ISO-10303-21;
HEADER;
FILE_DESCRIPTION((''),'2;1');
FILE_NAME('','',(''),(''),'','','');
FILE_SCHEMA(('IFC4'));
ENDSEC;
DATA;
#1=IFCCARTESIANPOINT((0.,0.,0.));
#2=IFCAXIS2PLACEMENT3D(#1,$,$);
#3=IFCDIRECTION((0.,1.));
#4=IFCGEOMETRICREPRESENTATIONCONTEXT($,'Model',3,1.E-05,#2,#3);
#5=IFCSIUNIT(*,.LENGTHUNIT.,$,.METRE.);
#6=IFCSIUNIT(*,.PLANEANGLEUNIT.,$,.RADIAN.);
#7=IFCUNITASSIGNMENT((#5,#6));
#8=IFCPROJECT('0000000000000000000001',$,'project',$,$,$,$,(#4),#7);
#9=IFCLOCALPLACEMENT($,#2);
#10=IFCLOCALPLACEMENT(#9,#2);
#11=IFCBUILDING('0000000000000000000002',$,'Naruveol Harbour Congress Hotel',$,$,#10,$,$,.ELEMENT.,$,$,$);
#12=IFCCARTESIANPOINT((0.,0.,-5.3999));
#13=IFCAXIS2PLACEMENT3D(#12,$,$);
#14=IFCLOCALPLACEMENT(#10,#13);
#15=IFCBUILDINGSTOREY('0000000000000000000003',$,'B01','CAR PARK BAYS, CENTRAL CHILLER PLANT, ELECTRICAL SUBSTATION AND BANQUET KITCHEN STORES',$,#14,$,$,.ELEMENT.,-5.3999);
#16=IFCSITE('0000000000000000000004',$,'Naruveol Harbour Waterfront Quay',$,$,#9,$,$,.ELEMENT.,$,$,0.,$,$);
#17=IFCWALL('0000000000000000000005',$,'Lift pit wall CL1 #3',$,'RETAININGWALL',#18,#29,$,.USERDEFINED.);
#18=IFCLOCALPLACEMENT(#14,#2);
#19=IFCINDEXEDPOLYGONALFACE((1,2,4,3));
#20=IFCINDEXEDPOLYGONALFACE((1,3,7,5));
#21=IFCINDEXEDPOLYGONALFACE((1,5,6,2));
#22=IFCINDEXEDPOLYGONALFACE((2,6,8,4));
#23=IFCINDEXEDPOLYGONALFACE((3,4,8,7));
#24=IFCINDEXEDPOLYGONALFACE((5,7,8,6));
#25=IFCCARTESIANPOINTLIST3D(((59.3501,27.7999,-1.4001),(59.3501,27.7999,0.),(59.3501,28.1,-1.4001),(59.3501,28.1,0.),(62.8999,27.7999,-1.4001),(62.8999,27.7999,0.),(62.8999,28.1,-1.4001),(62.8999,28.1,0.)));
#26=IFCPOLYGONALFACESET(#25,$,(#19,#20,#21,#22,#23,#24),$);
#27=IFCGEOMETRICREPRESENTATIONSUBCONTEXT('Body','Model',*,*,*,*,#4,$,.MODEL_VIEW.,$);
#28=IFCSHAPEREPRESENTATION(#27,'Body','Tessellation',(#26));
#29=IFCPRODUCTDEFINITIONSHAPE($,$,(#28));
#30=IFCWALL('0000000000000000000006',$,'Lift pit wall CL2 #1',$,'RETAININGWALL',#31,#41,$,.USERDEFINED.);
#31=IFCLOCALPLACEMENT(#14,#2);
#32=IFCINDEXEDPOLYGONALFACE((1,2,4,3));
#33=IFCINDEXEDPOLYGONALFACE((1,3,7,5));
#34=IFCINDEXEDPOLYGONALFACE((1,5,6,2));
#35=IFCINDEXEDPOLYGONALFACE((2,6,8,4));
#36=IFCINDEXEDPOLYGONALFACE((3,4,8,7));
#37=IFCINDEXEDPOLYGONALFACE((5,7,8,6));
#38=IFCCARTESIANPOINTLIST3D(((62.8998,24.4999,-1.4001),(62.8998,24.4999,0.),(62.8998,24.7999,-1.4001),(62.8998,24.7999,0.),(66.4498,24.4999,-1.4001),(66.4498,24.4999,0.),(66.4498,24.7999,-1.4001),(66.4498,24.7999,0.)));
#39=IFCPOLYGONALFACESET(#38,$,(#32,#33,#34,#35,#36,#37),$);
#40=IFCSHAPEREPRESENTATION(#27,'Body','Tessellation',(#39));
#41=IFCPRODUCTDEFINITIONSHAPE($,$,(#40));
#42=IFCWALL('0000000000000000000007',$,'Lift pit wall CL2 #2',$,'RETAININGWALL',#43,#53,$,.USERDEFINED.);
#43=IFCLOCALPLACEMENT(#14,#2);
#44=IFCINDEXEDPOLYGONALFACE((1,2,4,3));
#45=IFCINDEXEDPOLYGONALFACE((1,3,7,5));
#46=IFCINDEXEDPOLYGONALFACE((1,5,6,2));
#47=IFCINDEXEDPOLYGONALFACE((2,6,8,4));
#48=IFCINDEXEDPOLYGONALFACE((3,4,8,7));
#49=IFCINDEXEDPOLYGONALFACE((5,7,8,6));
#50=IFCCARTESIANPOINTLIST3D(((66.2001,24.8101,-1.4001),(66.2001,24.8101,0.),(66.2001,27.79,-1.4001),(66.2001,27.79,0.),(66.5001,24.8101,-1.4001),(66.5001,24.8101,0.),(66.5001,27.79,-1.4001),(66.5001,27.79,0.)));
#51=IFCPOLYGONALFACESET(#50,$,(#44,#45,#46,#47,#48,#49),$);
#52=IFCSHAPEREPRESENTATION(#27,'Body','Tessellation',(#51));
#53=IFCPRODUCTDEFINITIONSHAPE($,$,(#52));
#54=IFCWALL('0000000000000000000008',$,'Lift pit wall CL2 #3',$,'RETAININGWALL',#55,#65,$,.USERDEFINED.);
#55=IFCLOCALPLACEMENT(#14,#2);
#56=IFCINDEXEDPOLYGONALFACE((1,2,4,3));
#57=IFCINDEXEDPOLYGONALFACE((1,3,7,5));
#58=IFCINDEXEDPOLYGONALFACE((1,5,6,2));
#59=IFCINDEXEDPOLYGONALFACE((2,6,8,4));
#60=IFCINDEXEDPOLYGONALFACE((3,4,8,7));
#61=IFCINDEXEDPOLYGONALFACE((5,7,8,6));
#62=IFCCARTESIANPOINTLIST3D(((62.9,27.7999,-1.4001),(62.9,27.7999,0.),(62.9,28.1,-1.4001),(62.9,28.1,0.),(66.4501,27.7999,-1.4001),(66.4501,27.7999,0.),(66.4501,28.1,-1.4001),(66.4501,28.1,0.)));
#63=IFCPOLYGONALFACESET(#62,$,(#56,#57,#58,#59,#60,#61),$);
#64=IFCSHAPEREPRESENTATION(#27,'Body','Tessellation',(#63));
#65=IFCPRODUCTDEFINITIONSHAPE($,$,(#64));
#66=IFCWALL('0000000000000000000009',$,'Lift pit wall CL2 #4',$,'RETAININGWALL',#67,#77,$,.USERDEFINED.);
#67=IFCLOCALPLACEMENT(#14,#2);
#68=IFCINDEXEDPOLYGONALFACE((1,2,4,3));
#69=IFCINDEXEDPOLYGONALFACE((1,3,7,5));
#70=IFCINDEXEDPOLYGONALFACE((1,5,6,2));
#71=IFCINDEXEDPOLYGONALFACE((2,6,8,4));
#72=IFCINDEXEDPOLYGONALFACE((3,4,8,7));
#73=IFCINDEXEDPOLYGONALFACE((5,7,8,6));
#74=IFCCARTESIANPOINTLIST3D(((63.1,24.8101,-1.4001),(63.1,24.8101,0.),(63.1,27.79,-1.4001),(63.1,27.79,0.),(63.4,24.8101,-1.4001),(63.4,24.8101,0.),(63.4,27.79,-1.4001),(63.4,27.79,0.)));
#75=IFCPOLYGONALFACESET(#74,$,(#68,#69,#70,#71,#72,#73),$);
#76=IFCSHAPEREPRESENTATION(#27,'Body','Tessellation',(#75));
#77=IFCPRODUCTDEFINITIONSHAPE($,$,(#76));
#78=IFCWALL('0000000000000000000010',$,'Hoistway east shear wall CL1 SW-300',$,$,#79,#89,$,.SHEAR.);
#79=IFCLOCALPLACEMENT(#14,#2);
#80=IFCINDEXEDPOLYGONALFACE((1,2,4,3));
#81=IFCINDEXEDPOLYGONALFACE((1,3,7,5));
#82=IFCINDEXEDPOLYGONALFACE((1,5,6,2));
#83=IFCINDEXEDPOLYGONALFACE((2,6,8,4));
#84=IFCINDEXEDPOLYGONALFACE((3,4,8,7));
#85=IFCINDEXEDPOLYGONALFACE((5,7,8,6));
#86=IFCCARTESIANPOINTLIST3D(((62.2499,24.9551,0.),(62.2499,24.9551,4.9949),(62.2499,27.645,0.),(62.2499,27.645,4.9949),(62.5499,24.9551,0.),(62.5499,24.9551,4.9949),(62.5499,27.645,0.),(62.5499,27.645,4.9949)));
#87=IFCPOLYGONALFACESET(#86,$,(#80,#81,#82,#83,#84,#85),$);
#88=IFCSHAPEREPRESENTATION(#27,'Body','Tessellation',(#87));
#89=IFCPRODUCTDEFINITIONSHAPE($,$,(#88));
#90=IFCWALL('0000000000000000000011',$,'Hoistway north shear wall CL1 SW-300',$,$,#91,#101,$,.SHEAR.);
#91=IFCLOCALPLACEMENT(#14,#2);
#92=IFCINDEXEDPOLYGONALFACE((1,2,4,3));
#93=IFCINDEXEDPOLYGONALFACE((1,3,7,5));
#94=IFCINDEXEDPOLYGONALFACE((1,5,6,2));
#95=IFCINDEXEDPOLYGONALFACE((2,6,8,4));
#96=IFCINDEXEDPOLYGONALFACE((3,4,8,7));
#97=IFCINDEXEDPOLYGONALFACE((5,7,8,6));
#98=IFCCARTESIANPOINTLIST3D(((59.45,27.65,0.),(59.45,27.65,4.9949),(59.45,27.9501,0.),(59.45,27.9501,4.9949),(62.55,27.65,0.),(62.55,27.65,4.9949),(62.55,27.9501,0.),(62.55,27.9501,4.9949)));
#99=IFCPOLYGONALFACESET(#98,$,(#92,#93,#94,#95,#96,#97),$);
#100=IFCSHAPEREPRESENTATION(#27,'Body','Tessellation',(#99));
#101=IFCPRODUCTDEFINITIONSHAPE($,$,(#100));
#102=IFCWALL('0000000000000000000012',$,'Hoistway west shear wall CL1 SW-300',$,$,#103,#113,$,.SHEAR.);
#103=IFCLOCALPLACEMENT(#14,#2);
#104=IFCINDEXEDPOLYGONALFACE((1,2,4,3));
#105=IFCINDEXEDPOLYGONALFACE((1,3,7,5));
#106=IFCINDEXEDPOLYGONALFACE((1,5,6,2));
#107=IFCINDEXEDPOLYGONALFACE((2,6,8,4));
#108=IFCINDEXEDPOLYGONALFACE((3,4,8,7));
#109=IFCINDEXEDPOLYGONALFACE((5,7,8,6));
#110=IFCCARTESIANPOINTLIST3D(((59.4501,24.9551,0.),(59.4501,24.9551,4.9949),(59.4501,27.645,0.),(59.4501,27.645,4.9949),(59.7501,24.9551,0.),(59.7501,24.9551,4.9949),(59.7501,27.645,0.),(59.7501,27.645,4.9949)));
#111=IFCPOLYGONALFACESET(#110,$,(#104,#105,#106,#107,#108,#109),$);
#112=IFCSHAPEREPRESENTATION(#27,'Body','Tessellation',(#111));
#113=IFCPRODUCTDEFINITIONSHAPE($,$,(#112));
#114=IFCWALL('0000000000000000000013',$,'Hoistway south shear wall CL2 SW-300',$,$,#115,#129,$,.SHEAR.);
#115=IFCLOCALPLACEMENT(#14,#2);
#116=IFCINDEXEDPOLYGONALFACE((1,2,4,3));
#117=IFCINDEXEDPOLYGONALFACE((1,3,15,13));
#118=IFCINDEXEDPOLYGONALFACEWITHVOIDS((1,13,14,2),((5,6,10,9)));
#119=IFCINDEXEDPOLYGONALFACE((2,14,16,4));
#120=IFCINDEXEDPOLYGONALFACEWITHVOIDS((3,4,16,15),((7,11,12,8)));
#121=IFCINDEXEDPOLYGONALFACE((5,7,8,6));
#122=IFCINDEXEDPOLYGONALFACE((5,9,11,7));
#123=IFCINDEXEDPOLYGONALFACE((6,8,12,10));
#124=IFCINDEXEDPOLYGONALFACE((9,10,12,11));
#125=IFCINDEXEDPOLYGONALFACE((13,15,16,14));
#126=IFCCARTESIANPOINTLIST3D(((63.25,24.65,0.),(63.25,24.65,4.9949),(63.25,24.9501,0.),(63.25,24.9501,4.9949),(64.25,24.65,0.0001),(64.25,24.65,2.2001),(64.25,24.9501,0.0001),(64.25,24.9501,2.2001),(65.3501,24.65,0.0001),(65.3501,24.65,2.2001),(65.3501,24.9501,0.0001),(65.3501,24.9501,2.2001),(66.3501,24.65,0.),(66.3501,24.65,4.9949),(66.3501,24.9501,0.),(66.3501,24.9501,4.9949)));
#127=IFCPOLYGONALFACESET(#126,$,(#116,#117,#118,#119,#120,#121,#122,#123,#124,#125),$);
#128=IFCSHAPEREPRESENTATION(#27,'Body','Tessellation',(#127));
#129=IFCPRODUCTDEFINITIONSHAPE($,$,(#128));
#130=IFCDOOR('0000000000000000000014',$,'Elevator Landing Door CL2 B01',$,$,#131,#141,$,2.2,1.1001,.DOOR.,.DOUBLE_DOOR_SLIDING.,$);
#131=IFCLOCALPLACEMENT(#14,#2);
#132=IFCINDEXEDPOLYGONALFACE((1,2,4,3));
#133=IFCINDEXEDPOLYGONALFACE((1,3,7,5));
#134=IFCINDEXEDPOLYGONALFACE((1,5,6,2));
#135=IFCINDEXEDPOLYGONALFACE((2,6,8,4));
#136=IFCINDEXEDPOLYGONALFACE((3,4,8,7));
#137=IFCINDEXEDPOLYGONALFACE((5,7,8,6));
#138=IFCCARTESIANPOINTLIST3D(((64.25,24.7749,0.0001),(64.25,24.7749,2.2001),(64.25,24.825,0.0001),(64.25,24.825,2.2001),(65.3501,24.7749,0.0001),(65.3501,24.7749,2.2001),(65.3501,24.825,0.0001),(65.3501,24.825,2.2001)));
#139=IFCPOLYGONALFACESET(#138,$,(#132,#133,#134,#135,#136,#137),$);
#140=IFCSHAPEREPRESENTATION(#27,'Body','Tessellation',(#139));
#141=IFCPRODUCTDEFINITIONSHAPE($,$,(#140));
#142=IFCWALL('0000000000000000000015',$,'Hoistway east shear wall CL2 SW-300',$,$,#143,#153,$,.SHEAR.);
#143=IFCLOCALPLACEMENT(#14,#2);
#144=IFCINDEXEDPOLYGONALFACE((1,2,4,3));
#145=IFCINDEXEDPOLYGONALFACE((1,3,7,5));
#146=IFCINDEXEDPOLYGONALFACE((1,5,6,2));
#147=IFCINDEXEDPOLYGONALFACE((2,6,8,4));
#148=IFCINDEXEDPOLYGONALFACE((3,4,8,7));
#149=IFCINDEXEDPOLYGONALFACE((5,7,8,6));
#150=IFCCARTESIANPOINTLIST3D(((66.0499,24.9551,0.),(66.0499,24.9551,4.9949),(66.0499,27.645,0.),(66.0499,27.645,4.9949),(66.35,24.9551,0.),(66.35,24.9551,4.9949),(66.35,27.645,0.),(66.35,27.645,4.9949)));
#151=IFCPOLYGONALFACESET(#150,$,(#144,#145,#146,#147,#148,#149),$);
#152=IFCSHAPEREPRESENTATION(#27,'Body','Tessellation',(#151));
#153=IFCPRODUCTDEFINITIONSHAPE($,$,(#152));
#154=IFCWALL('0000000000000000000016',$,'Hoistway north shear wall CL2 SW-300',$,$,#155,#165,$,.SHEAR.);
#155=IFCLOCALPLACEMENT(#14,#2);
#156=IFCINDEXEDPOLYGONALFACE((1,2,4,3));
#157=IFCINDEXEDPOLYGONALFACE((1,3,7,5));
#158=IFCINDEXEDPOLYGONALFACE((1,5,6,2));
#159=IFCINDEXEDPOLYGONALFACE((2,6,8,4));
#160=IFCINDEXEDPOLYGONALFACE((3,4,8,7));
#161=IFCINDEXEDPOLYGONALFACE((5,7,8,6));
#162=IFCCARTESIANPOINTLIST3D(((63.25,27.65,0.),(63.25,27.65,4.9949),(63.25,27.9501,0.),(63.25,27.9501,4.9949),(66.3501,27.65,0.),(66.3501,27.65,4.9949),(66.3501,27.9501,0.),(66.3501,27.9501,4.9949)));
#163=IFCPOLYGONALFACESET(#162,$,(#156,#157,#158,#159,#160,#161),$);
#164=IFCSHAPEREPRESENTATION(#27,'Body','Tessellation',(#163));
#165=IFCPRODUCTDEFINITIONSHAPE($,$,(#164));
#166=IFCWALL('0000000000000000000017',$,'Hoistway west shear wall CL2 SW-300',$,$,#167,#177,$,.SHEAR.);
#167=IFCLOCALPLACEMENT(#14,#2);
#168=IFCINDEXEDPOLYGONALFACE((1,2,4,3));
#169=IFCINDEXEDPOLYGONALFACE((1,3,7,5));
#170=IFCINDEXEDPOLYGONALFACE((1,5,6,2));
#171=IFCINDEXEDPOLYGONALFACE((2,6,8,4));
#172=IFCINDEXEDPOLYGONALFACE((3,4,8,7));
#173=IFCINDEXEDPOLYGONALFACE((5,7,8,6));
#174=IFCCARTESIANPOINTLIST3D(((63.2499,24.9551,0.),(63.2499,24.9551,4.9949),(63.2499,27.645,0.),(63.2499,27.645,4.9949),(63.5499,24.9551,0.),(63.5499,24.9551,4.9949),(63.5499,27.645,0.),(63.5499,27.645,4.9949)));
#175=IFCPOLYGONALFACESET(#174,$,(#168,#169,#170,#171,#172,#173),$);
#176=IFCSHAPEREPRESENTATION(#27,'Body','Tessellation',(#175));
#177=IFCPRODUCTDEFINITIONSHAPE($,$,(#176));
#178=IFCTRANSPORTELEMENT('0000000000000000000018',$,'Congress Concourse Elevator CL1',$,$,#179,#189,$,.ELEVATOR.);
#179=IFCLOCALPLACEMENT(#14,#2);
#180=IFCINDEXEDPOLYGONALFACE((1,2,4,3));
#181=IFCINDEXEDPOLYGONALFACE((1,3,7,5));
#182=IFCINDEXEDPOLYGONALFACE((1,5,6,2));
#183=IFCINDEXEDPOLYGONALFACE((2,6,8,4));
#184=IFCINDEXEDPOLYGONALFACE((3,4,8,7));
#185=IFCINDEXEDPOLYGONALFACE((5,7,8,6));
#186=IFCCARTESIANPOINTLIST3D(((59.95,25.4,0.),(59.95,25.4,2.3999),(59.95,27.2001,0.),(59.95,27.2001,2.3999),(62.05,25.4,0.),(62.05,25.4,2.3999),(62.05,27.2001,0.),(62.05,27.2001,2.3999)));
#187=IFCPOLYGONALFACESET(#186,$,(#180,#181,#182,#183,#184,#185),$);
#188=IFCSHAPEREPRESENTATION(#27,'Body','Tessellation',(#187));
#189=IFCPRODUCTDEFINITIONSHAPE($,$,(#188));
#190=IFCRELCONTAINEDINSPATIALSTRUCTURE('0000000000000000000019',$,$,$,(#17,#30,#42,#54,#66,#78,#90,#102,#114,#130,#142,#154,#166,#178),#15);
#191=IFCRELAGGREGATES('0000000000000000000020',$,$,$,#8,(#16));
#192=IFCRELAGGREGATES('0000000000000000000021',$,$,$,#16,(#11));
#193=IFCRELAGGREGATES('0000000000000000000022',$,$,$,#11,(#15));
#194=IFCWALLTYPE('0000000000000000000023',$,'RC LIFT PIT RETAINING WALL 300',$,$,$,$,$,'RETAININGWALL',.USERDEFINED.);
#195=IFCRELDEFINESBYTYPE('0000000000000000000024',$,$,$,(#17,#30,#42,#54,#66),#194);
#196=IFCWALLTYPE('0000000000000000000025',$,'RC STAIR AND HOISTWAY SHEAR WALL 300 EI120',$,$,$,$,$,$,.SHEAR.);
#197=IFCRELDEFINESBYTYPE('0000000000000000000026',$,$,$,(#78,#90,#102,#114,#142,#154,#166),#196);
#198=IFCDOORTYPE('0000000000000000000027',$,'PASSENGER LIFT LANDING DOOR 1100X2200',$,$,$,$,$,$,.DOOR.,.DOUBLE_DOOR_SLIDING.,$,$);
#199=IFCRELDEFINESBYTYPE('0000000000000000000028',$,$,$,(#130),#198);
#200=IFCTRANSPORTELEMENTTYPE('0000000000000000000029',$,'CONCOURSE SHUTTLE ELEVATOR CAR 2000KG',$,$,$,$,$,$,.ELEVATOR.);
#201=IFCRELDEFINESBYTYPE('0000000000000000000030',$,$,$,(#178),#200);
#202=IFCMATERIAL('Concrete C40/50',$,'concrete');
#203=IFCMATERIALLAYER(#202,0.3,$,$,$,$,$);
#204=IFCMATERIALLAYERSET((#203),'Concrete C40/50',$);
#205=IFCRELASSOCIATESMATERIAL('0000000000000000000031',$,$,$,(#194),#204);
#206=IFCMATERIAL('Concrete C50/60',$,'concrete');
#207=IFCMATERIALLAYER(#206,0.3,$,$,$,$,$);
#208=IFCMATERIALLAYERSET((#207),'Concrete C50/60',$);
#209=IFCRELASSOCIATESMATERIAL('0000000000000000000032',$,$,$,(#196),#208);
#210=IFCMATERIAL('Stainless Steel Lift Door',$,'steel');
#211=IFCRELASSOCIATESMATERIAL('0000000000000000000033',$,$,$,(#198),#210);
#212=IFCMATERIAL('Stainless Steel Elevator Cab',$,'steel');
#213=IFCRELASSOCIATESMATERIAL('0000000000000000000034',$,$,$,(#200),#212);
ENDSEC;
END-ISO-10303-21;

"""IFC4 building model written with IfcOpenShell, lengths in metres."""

from ifc_helpers import new_model, si_unit, direction, frame, frame_2d, origin, origin_2d, place, context, subcontext, project, spatial, rectangle, extrude, material, layer, layer_set, type_object, element, fill, save


model = new_model("IFC4")

# Units and contexts
model_context = context("Model", 3, precision=1e-05, world=origin(), true_north=direction((0.0, 1.0)))
body_context = subcontext(model_context, "Body", "Model", "MODEL_VIEW")
ifc_project = project(units=[si_unit("LENGTHUNIT", "METRE"), si_unit("PLANEANGLEUNIT", "RADIAN")], contexts=[model_context])

# Site, building, storey
site_placement = place(None, origin())
site = spatial("IfcSite", under=ifc_project, at=site_placement, Name="Naruveol Harbour Waterfront Quay", CompositionType="ELEMENT", RefElevation=0.0)
building_placement = place(site_placement, origin())
building = spatial("IfcBuilding", under=site, at=building_placement, Name="Naruveol Harbour Congress Hotel", CompositionType="ELEMENT")
storey_placement = place(building_placement, frame((0.0, 0.0, -5.3999)))
storey = spatial("IfcBuildingStorey", under=building, at=storey_placement, Name="B01", Description="CAR PARK BAYS, CENTRAL CHILLER PLANT, ELECTRICAL SUBSTATION AND BANQUET KITCHEN STORES", CompositionType="ELEMENT", Elevation=-5.3999)

# Walls
ifc_material_1 = material(Name="Concrete C40/50", Category="concrete")
ifc_layer_1 = layer(ifc_material_1, 0.3)
ifc_layer_set_1 = layer_set([ifc_layer_1], Name="Concrete C40/50")
wall_type_1 = type_object("IfcWallType", Name="RC LIFT PIT RETAINING WALL 300", ElementType="RETAININGWALL", PredefinedType="USERDEFINED", material=ifc_layer_set_1)
wall_1_placement = place(storey_placement, frame((62.8999, 27.95, -1.4001), z_axis=(0.0, 0.0, 1.0), x_axis=(-1.0, 0.0, 0.0)))
element("IfcWall", 1, at=wall_1_placement, inside=storey, type_object=wall_type_1, Name="Lift pit wall CL1 #3", ObjectType="RETAININGWALL", PredefinedType="USERDEFINED", context=body_context, shape_type="SweptSolid", body=[
    extrude(rectangle(XDim=3.5498, YDim=0.3, at=frame_2d((1.7749, 0.0))), origin(), (0.0, 0.0, 1.0), 1.4001),
])
wall_2_placement = place(storey_placement, frame((62.8999, 24.6499, -1.4001), z_axis=(0.0, 0.0, 1.0), x_axis=(1.0, 0.0, 0.0)))
element("IfcWall", 2, at=wall_2_placement, inside=storey, type_object=wall_type_1, Name="Lift pit wall CL2 #1", ObjectType="RETAININGWALL", PredefinedType="USERDEFINED", context=body_context, shape_type="SweptSolid", body=[
    extrude(rectangle(XDim=3.55, YDim=0.3, at=frame_2d((1.7749, 0.0))), origin(), (0.0, 0.0, 1.0), 1.4001),
])
wall_3_placement = place(storey_placement, frame((66.3501, 24.8101, -1.4001), z_axis=(0.0, 0.0, 1.0), x_axis=(0.0, 1.0, 0.0)))
element("IfcWall", 3, at=wall_3_placement, inside=storey, type_object=wall_type_1, Name="Lift pit wall CL2 #2", ObjectType="RETAININGWALL", PredefinedType="USERDEFINED", context=body_context, shape_type="SweptSolid", body=[
    extrude(rectangle(XDim=2.98, YDim=0.3, at=frame_2d((1.49, 0.0))), origin(), (0.0, 0.0, 1.0), 1.4001),
])
wall_4_placement = place(storey_placement, frame((66.45, 27.95, -1.4001), z_axis=(0.0, 0.0, 1.0), x_axis=(-1.0, 0.0, 0.0)))
element("IfcWall", 4, at=wall_4_placement, inside=storey, type_object=wall_type_1, Name="Lift pit wall CL2 #3", ObjectType="RETAININGWALL", PredefinedType="USERDEFINED", context=body_context, shape_type="SweptSolid", body=[
    extrude(rectangle(XDim=3.55, YDim=0.3, at=frame_2d((1.7749, 0.0))), origin(), (0.0, 0.0, 1.0), 1.4001),
])
wall_5_placement = place(storey_placement, frame((63.25, 27.79, -1.4001), z_axis=(0.0, 0.0, 1.0), x_axis=(0.0, -1.0, 0.0)))
element("IfcWall", 5, at=wall_5_placement, inside=storey, type_object=wall_type_1, Name="Lift pit wall CL2 #4", ObjectType="RETAININGWALL", PredefinedType="USERDEFINED", context=body_context, shape_type="SweptSolid", body=[
    extrude(rectangle(XDim=2.98, YDim=0.3, at=frame_2d((1.49, 0.0))), origin(), (0.0, 0.0, 1.0), 1.4001),
])
ifc_material_2 = material(Name="Concrete C50/60", Category="concrete")
ifc_layer_2 = layer(ifc_material_2, 0.3)
ifc_layer_set_2 = layer_set([ifc_layer_2], Name="Concrete C50/60")
wall_type_2 = type_object("IfcWallType", Name="RC STAIR AND HOISTWAY SHEAR WALL 300 EI120", PredefinedType="SHEAR", material=ifc_layer_set_2)
wall_6_placement = place(storey_placement, frame((62.3999, 24.9551, 0.0), z_axis=(0.0, 0.0, 1.0), x_axis=(0.0, 1.0, 0.0)))
element("IfcWall", 6, at=wall_6_placement, inside=storey, type_object=wall_type_2, Name="Hoistway east shear wall CL1 SW-300", PredefinedType="SHEAR", context=body_context, shape_type="SweptSolid", body=[
    extrude(rectangle(XDim=2.6899, YDim=0.3, at=frame_2d((1.345, 0.0))), origin(), (0.0, 0.0, 1.0), 4.9949),
])
wall_7_placement = place(storey_placement, frame((62.55, 27.8, 0.0), z_axis=(0.0, 0.0, 1.0), x_axis=(-1.0, 0.0, 0.0)))
element("IfcWall", 7, at=wall_7_placement, inside=storey, type_object=wall_type_2, Name="Hoistway north shear wall CL1 SW-300", PredefinedType="SHEAR", context=body_context, shape_type="SweptSolid", body=[
    extrude(rectangle(XDim=3.1001, YDim=0.3, at=frame_2d((1.55, 0.0))), origin(), (0.0, 0.0, 1.0), 4.9949),
])
wall_8_placement = place(storey_placement, frame((59.6001, 27.645, 0.0), z_axis=(0.0, 0.0, 1.0), x_axis=(0.0, -1.0, 0.0)))
element("IfcWall", 8, at=wall_8_placement, inside=storey, type_object=wall_type_2, Name="Hoistway west shear wall CL1 SW-300", PredefinedType="SHEAR", context=body_context, shape_type="SweptSolid", body=[
    extrude(rectangle(XDim=2.6899, YDim=0.3, at=frame_2d((1.345, 0.0))), origin(), (0.0, 0.0, 1.0), 4.9949),
])

# Wall, opening, door
wall_9_placement = place(storey_placement, frame((63.25, 24.8, 0.0), z_axis=(0.0, 0.0, 1.0), x_axis=(1.0, 0.0, 0.0)))
wall_9 = element("IfcWall", 9, at=wall_9_placement, inside=storey, type_object=wall_type_2, Name="Hoistway south shear wall CL2 SW-300", PredefinedType="SHEAR", context=body_context, shape_type="SweptSolid", body=[
    extrude(rectangle(XDim=3.1001, YDim=0.3, at=frame_2d((1.55, 0.0))), origin(), (0.0, 0.0, 1.0), 4.9949),
])
opening_placement = place(wall_9_placement, frame((1.0, 0.0, 0.0)))
opening = element("IfcOpeningElement", 10, at=opening_placement, cuts=wall_9, PredefinedType="OPENING", context=body_context, shape_type="SweptSolid", body=[
    extrude(rectangle(XDim=1.1001, YDim=2.2, at=frame_2d((0.55, 1.1001))), frame((0.0, 0.1599, 0.0), z_axis=(0.0, -1.0, 0.0), x_axis=(1.0, 0.0, 0.0)), (0.0, 0.0, 1.0), 0.3201),
])
ifc_material_3 = material(Name="Stainless Steel Lift Door", Category="steel")
door_type = type_object("IfcDoorType", Name="PASSENGER LIFT LANDING DOOR 1100X2200", OperationType="DOUBLE_DOOR_SLIDING", PredefinedType="DOOR", material=ifc_material_3)
door_placement = place(opening_placement, origin())
door = element("IfcDoor", 11, at=door_placement, inside=storey, type_object=door_type, Name="Elevator Landing Door CL2 B01", OperationType="DOUBLE_DOOR_SLIDING", OverallHeight=2.2, OverallWidth=1.1001, PredefinedType="DOOR", context=body_context, shape_type="SweptSolid", body=[
    extrude(rectangle(XDim=1.1001, YDim=2.2, at=frame_2d((0.55, 1.1001))), frame((0.0, 0.0249, 0.0), z_axis=(0.0, -1.0, 0.0), x_axis=(1.0, 0.0, 0.0)), (0.0, 0.0, 1.0), 0.05),
])
fill(opening, door)

# Walls
wall_10_placement = place(storey_placement, frame((66.2, 24.9551, 0.0), z_axis=(0.0, 0.0, 1.0), x_axis=(0.0, 1.0, 0.0)))
element("IfcWall", 12, at=wall_10_placement, inside=storey, type_object=wall_type_2, Name="Hoistway east shear wall CL2 SW-300", PredefinedType="SHEAR", context=body_context, shape_type="SweptSolid", body=[
    extrude(rectangle(XDim=2.6899, YDim=0.3, at=frame_2d((1.345, 0.0))), origin(), (0.0, 0.0, 1.0), 4.9949),
])
wall_11_placement = place(storey_placement, frame((66.3501, 27.8, 0.0), z_axis=(0.0, 0.0, 1.0), x_axis=(-1.0, 0.0, 0.0)))
element("IfcWall", 13, at=wall_11_placement, inside=storey, type_object=wall_type_2, Name="Hoistway north shear wall CL2 SW-300", PredefinedType="SHEAR", context=body_context, shape_type="SweptSolid", body=[
    extrude(rectangle(XDim=3.1001, YDim=0.3, at=frame_2d((1.55, 0.0))), origin(), (0.0, 0.0, 1.0), 4.9949),
])
wall_12_placement = place(storey_placement, frame((63.3999, 27.645, 0.0), z_axis=(0.0, 0.0, 1.0), x_axis=(0.0, -1.0, 0.0)))
element("IfcWall", 14, at=wall_12_placement, inside=storey, type_object=wall_type_2, Name="Hoistway west shear wall CL2 SW-300", PredefinedType="SHEAR", context=body_context, shape_type="SweptSolid", body=[
    extrude(rectangle(XDim=2.6899, YDim=0.3, at=frame_2d((1.345, 0.0))), origin(), (0.0, 0.0, 1.0), 4.9949),
])

# Transport element
ifc_material_4 = material(Name="Stainless Steel Elevator Cab", Category="steel")
transport_element_type = type_object("IfcTransportElementType", Name="CONCOURSE SHUTTLE ELEVATOR CAR 2000KG", PredefinedType="ELEVATOR", material=ifc_material_4)
for number, where, z_axis, x_axis, name in (
    (15, (61.0, 26.3, 0.0), (0.0, 0.0, 1.0), (1.0, 0.0, 0.0), "Congress Concourse Elevator CL1"),
):
    element("IfcTransportElement", number, at=place(storey_placement, frame(where, z_axis=z_axis, x_axis=x_axis)), inside=storey, type_object=transport_element_type, Name=name, PredefinedType="ELEVATOR", context=body_context, shape_type="SweptSolid", body=[
        extrude(rectangle(XDim=2.1001, YDim=1.8, at=origin_2d()), origin(), (0.0, 0.0, 1.0), 2.3999),
    ])

save(model, "model.ifc")
